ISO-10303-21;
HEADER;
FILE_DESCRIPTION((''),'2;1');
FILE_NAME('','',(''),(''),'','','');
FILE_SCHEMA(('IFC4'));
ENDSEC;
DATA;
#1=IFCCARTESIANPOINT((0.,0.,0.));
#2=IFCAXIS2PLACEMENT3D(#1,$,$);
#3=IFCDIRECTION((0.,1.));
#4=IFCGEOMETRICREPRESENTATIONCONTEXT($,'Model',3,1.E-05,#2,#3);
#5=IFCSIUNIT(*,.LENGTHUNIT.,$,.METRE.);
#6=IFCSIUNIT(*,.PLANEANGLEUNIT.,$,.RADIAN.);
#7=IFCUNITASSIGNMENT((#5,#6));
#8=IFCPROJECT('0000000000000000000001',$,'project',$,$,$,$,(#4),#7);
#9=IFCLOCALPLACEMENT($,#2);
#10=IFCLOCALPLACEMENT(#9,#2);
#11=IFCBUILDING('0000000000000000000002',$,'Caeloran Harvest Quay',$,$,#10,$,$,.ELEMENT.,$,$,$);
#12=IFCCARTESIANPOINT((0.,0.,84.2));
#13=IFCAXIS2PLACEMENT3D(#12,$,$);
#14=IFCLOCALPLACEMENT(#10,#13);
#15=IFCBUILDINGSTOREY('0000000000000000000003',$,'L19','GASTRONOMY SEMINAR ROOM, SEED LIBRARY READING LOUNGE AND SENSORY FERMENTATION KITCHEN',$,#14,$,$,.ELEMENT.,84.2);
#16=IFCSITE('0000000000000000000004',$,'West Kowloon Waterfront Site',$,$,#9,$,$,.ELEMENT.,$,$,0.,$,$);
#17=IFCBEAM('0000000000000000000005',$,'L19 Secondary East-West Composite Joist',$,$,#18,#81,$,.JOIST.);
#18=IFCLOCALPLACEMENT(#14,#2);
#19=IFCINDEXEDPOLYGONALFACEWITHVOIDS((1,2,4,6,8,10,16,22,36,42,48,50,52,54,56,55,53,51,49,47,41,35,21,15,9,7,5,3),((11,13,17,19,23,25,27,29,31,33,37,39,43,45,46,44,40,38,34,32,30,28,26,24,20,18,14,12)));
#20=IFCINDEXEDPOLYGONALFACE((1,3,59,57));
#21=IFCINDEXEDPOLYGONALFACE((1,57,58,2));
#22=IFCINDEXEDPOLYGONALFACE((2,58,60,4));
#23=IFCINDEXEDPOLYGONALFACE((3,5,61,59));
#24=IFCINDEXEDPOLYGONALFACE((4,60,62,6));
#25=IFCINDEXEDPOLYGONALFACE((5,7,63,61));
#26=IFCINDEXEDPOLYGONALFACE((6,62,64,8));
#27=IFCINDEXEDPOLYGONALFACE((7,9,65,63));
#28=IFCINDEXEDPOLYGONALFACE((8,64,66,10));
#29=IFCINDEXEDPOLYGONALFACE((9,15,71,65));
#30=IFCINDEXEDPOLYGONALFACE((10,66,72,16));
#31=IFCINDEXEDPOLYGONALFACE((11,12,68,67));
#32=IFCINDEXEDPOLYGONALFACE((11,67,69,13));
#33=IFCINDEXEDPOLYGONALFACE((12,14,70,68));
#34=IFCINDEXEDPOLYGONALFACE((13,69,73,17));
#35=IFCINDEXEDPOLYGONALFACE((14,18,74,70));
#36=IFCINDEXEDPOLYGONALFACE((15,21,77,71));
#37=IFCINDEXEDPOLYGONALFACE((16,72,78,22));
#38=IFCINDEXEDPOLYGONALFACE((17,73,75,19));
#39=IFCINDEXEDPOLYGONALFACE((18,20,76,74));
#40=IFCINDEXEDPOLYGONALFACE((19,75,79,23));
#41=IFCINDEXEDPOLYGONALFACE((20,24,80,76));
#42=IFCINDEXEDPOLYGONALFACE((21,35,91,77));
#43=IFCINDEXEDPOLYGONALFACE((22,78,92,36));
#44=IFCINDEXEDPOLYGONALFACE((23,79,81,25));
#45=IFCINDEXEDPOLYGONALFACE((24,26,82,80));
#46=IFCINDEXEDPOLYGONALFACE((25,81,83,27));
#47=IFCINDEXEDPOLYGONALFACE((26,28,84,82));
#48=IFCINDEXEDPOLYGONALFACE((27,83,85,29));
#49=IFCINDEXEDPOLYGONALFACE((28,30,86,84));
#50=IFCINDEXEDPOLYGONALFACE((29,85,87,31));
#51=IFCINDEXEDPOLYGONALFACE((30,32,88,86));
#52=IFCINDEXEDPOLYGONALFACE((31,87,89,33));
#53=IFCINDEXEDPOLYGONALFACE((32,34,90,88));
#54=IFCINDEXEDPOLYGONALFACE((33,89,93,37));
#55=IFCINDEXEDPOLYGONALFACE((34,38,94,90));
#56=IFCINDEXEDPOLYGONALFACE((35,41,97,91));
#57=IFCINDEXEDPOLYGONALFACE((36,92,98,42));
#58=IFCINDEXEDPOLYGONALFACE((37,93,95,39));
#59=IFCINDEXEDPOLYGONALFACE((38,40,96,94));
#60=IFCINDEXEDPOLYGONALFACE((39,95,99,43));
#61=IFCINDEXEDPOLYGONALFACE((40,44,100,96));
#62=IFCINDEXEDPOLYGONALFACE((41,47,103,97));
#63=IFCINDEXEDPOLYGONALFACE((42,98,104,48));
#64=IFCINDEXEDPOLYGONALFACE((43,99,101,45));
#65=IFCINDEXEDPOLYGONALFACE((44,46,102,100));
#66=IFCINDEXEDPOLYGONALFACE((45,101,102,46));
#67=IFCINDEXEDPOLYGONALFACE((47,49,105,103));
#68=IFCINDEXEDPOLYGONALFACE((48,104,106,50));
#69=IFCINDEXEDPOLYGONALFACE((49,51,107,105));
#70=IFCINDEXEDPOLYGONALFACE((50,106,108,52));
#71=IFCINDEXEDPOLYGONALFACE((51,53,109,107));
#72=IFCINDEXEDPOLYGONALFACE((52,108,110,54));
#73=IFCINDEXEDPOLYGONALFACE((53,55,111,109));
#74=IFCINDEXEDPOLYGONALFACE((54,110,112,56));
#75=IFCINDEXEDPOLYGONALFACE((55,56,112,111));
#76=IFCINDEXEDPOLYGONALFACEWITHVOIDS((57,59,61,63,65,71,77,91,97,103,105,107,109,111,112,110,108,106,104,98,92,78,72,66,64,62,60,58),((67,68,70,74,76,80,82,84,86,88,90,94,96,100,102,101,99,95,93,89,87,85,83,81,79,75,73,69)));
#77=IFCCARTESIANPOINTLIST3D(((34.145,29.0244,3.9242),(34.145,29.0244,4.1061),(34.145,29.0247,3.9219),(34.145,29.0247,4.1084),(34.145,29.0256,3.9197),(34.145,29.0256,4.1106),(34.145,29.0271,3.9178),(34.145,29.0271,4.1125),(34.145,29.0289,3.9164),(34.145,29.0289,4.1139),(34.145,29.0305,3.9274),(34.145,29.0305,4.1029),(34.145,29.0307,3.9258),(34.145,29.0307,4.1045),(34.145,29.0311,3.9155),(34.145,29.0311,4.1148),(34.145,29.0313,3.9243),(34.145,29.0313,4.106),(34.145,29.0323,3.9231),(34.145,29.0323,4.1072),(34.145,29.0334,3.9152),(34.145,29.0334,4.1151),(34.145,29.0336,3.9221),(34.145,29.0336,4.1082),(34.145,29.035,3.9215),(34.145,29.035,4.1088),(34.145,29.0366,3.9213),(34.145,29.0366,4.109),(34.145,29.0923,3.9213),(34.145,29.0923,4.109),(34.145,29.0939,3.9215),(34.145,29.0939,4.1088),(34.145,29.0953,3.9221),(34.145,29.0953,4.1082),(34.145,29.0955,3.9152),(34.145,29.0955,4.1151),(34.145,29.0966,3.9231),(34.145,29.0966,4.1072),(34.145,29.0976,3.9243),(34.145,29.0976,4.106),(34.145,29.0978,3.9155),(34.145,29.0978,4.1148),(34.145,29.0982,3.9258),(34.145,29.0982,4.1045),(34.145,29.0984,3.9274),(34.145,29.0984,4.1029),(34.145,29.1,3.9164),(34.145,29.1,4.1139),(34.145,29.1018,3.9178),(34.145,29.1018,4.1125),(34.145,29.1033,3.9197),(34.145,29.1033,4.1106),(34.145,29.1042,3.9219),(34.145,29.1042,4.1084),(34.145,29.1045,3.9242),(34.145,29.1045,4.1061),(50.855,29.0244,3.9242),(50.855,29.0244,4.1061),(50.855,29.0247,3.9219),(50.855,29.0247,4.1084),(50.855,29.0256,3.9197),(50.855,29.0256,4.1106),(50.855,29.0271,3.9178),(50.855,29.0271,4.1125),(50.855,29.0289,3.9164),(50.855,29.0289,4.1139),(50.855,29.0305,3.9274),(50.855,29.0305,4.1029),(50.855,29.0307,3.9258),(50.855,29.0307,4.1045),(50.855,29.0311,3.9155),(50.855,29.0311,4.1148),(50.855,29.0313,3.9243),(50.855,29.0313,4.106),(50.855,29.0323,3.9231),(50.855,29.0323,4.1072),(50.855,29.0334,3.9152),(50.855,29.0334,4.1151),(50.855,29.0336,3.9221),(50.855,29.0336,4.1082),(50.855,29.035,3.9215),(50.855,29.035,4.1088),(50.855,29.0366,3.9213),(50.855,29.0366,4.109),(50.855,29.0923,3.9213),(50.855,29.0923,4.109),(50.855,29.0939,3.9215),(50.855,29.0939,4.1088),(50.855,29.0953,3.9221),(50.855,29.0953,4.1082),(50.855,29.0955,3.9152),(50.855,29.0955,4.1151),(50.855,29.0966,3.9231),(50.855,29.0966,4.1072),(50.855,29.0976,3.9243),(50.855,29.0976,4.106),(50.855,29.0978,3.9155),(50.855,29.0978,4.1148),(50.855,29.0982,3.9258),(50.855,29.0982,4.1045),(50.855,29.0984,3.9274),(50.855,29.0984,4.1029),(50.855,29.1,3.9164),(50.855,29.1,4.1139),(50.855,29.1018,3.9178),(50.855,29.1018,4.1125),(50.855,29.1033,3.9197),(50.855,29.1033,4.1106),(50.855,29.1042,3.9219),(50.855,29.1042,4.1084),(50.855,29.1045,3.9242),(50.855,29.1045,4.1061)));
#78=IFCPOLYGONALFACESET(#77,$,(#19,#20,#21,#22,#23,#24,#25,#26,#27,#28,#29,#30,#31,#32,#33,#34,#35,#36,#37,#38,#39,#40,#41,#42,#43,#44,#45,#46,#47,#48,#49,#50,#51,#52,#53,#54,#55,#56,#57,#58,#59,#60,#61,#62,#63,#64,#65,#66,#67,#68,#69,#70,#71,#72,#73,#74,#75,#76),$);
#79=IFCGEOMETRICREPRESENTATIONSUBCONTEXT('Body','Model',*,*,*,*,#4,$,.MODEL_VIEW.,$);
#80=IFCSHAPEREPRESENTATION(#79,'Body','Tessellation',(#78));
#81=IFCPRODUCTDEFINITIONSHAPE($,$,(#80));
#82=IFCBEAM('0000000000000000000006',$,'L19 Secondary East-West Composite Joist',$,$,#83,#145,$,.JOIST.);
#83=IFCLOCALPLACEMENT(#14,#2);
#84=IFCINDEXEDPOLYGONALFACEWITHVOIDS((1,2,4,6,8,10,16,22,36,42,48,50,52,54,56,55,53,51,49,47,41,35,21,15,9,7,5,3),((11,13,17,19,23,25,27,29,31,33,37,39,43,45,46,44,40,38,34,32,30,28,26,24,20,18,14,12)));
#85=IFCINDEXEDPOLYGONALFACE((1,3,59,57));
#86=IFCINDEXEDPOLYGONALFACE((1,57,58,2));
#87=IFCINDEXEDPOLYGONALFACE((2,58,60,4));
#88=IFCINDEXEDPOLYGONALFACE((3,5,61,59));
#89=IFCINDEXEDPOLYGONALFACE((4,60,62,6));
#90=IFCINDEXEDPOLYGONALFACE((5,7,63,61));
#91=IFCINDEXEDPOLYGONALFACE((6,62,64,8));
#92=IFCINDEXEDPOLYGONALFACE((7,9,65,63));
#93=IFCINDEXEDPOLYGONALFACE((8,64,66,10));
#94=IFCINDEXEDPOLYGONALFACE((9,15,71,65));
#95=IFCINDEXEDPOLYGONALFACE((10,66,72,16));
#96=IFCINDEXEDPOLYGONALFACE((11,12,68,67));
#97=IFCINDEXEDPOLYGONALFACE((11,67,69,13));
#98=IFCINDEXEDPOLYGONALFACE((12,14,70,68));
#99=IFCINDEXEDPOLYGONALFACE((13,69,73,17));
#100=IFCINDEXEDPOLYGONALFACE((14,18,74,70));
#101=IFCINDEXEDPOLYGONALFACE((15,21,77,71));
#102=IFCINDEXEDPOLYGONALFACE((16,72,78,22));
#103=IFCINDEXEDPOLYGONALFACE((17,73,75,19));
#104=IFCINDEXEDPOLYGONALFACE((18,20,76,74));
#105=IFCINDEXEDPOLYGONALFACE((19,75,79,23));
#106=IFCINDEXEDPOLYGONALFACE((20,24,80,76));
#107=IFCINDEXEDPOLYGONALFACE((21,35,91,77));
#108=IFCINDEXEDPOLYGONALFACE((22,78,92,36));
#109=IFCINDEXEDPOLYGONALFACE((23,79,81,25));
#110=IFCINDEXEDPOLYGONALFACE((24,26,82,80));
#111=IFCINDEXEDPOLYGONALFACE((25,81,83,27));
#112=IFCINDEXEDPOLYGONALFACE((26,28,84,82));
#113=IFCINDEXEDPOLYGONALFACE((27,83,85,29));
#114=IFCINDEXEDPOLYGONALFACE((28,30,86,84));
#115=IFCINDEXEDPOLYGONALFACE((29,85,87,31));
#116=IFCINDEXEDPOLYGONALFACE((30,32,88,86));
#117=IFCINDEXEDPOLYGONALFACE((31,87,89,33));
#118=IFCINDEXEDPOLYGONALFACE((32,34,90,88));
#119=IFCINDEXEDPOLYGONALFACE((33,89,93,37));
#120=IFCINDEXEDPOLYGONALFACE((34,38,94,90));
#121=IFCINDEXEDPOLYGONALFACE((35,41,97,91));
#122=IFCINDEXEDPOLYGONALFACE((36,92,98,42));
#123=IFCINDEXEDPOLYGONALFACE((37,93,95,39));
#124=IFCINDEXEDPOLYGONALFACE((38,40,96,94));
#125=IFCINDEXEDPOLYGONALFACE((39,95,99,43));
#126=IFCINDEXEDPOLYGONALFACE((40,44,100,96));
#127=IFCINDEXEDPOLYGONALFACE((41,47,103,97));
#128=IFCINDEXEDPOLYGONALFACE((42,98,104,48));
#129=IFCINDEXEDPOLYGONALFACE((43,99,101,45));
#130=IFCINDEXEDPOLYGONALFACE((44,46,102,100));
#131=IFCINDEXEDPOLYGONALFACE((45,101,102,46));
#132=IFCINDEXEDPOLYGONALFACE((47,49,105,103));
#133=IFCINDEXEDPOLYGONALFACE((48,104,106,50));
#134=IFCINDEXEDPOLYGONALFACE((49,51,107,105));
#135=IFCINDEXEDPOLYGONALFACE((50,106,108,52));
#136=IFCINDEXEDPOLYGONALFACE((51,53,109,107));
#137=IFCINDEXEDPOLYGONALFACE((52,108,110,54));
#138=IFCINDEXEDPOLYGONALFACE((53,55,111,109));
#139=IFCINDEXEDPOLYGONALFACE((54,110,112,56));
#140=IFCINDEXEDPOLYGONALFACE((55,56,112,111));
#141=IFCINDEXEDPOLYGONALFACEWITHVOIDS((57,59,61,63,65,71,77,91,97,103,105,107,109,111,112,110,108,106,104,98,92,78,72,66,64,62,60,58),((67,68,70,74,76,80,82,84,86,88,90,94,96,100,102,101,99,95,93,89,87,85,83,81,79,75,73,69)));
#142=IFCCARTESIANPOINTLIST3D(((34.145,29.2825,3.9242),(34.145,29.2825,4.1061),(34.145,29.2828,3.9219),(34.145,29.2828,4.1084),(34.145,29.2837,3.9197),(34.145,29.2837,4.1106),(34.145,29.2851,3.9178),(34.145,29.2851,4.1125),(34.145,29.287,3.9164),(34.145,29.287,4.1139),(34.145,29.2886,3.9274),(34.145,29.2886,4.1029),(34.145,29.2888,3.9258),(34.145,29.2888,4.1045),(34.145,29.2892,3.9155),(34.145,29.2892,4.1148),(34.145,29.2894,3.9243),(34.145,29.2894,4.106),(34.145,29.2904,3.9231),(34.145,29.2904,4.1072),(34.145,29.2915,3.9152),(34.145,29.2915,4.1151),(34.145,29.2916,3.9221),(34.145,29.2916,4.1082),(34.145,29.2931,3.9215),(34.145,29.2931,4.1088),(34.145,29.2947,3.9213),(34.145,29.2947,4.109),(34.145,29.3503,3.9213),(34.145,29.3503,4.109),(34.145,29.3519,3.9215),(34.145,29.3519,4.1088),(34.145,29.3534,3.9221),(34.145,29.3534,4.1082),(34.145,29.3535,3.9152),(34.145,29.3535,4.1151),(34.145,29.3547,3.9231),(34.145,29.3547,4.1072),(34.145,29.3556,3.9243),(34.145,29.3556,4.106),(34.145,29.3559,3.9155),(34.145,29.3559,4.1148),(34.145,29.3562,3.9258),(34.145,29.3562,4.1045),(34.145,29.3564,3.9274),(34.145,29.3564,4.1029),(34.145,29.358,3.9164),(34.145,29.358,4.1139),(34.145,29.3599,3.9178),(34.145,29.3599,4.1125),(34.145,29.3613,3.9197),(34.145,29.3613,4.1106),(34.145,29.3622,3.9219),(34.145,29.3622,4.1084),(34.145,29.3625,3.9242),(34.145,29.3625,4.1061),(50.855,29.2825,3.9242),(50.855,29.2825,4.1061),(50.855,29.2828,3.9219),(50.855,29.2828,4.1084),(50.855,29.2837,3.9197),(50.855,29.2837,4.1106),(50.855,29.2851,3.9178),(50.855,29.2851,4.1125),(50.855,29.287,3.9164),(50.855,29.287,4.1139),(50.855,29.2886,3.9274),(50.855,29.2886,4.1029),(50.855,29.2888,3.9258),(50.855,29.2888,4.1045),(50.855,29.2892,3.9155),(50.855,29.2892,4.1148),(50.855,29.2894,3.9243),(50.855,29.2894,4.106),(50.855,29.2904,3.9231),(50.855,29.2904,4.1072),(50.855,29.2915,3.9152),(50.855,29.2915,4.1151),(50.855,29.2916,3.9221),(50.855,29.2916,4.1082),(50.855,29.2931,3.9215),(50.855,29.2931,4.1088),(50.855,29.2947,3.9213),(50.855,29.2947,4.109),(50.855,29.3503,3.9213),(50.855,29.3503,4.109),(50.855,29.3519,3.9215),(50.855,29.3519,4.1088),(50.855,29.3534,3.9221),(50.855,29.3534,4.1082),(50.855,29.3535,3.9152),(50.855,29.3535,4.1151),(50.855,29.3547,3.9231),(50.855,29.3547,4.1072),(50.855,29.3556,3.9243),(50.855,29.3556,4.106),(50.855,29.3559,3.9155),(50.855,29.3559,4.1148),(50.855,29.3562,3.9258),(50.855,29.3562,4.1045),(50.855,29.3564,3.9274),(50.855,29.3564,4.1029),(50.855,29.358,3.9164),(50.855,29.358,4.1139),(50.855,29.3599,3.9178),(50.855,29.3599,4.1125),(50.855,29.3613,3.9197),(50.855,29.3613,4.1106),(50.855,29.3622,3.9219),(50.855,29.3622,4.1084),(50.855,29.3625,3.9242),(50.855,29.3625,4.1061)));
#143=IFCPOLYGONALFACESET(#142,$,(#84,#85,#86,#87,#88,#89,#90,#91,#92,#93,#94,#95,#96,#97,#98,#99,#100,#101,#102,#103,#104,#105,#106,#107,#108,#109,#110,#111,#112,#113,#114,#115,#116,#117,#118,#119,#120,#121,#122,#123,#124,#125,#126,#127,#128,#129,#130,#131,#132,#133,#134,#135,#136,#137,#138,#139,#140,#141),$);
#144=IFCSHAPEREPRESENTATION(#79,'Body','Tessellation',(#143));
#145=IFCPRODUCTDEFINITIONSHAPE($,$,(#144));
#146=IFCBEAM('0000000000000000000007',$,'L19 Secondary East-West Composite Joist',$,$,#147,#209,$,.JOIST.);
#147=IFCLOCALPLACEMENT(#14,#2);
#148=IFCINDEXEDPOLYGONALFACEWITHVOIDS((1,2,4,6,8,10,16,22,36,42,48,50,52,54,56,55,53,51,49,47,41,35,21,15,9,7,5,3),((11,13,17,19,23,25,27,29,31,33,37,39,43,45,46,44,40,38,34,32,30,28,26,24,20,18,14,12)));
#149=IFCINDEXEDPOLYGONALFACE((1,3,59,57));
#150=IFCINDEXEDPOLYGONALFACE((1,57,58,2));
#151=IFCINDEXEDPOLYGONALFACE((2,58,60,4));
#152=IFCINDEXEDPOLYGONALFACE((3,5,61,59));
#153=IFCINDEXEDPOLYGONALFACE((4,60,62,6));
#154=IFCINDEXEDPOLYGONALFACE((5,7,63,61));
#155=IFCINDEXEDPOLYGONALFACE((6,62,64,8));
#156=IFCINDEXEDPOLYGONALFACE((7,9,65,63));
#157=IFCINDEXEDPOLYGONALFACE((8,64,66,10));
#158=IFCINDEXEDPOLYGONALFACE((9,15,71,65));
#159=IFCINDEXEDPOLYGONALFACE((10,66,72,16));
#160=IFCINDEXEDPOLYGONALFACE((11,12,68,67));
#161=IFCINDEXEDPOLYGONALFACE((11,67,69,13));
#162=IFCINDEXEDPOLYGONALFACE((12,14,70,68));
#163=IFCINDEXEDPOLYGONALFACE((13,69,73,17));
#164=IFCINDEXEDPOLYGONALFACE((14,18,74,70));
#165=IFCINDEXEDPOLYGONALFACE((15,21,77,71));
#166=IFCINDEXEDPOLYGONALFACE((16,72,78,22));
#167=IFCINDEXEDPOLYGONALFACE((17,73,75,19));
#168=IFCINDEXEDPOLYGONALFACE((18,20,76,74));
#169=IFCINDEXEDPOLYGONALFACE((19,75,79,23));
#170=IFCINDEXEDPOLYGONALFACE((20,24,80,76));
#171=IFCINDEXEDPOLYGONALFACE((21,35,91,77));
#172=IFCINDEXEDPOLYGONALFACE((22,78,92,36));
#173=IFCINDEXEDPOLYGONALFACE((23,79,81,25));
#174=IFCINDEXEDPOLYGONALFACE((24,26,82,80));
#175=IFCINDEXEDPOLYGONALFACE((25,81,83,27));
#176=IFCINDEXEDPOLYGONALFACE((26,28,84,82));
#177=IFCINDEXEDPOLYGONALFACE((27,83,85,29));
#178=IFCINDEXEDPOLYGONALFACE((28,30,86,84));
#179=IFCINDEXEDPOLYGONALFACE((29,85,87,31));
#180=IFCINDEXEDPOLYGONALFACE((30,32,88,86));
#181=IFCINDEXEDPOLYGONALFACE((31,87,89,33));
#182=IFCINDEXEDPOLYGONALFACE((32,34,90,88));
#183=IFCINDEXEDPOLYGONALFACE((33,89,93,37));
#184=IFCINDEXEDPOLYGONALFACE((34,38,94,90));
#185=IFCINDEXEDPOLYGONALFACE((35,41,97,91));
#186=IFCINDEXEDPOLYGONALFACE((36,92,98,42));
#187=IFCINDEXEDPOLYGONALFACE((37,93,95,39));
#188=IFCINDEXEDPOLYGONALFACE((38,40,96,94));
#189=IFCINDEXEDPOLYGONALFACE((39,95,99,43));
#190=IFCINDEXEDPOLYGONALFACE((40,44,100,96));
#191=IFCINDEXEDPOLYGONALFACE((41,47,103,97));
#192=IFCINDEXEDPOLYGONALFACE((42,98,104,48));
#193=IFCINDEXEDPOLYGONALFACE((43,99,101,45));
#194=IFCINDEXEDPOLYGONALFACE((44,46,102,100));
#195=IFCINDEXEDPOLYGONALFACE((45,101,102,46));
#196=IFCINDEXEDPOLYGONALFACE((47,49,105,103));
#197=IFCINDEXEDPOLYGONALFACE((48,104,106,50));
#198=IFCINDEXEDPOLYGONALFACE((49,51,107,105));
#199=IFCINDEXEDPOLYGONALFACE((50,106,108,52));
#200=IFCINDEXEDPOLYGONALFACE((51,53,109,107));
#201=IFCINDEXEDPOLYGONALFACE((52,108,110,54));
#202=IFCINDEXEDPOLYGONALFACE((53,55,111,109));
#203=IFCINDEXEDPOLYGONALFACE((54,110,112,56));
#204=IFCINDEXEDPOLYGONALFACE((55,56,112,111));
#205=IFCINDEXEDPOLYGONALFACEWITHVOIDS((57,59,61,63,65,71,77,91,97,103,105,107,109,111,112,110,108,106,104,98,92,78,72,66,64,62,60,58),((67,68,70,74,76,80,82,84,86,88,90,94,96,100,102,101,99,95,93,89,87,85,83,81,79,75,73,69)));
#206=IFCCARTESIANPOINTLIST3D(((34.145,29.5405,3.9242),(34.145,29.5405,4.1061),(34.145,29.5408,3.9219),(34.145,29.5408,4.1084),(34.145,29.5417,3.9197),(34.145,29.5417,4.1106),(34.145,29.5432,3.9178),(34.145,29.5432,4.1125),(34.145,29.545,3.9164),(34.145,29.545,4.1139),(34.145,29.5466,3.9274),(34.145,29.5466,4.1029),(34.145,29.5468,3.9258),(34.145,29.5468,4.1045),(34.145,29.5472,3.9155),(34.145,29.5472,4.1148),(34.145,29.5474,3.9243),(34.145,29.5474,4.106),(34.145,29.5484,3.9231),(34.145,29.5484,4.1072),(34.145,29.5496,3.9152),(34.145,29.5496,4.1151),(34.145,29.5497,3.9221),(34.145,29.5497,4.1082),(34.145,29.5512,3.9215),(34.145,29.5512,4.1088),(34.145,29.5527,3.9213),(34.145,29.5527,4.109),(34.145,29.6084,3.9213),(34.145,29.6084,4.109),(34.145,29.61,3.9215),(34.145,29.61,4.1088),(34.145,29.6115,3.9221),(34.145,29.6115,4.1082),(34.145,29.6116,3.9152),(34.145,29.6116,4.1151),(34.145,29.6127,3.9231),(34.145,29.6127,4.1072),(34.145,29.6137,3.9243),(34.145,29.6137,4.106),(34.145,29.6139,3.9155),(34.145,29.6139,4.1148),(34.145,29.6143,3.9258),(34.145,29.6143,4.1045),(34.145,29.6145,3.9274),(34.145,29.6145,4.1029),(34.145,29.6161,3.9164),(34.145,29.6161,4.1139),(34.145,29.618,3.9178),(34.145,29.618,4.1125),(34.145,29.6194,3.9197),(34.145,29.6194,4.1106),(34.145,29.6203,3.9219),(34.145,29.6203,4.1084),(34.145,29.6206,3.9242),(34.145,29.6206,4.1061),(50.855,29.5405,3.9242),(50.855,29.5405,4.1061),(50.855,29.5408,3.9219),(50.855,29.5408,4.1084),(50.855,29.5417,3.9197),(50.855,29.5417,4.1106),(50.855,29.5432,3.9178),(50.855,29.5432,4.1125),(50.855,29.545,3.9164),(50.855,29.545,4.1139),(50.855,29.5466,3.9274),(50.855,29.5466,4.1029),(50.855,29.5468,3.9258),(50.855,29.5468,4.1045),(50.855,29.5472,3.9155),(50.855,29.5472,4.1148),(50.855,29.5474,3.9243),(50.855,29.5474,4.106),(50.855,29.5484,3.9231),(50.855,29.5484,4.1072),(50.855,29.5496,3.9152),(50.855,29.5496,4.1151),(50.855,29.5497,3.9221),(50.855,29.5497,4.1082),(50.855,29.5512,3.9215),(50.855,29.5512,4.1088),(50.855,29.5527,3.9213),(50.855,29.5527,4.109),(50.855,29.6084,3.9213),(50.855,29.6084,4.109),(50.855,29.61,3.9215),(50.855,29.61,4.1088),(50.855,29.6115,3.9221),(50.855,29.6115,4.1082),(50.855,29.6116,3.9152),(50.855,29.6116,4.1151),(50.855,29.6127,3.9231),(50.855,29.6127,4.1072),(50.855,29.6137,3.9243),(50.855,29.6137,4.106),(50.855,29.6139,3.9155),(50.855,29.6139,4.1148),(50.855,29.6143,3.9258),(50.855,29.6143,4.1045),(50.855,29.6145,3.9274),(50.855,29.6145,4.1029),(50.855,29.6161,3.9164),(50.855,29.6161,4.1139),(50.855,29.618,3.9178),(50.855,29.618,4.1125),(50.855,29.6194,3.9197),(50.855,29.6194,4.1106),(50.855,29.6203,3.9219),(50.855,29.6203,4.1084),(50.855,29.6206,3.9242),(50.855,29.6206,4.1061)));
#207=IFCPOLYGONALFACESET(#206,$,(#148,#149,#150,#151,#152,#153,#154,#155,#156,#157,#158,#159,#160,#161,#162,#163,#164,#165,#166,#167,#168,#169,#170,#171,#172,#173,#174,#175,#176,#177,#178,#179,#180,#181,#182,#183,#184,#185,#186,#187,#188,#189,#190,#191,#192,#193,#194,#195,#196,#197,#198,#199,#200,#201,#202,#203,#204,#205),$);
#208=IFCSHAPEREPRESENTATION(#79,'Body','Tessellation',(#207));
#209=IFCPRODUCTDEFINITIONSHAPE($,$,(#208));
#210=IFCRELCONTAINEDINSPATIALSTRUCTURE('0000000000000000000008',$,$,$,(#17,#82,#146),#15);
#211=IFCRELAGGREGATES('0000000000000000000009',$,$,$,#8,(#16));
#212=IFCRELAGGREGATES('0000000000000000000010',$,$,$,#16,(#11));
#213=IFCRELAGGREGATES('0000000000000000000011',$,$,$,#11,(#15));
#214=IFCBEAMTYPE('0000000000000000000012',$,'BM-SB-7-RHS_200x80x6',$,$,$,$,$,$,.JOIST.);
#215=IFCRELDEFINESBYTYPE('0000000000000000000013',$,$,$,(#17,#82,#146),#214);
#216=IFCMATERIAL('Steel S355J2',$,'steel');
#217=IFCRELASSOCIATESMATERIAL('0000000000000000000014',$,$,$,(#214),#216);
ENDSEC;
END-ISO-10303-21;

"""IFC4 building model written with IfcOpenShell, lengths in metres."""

from ifc_helpers import new_model, si_unit, direction, frame, origin, origin_2d, place, context, subcontext, project, spatial, hollow_rectangle, extrude, material, material_profile, profile_set, type_object, element, save


model = new_model("IFC4")

# Units and contexts
model_context = context("Model", 3, precision=1e-05, world=origin(), true_north=direction((0.0, 1.0)))
body_context = subcontext(model_context, "Body", "Model", "MODEL_VIEW")
ifc_project = project(units=[si_unit("LENGTHUNIT", "METRE"), si_unit("PLANEANGLEUNIT", "RADIAN")], contexts=[model_context])

# Site, building, storey
site_placement = place(None, origin())
site = spatial("IfcSite", under=ifc_project, at=site_placement, Name="West Kowloon Waterfront Site", CompositionType="ELEMENT", RefElevation=0.0)
building_placement = place(site_placement, origin())
building = spatial("IfcBuilding", under=site, at=building_placement, Name="Caeloran Harvest Quay", CompositionType="ELEMENT")
storey_placement = place(building_placement, frame((0.0, 0.0, 84.2)))
storey = spatial("IfcBuildingStorey", under=building, at=storey_placement, Name="L19", Description="GASTRONOMY SEMINAR ROOM, SEED LIBRARY READING LOUNGE AND SENSORY FERMENTATION KITCHEN", CompositionType="ELEMENT", Elevation=84.2)

# Beams
ifc_material_1 = material(Name="Steel S355J2", Category="steel")
ifc_material_profile_1 = material_profile(ifc_material_1, hollow_rectangle(XDim=0.0801, YDim=0.2, WallThickness=0.0061, InnerFilletRadius=0.0061, OuterFilletRadius=0.009, at=origin_2d()), Name="RHS 200x80x6")
ifc_profile_set_1 = profile_set([ifc_material_profile_1], Name="Steel S355J2")
beam_type_1 = type_object("IfcBeamType", Name="BM-SB-7-RHS_200x80x6", PredefinedType="JOIST", material=ifc_profile_set_1)
for number, where, z_axis, x_axis, name in (
    (1, (34.145, 29.0645, 4.0151), (1.0, 0.0, 0.0), (0.0, 1.0, 0.0), "L19 Secondary East-West Composite Joist"),
    (2, (34.145, 29.3225, 4.0151), (1.0, 0.0, 0.0), (0.0, 1.0, 0.0), "L19 Secondary East-West Composite Joist"),
    (3, (34.145, 29.5806, 4.0151), (1.0, 0.0, 0.0), (0.0, 1.0, 0.0), "L19 Secondary East-West Composite Joist"),
):
    element("IfcBeam", number, at=place(storey_placement, frame(where, z_axis=z_axis, x_axis=x_axis)), inside=storey, type_object=beam_type_1, Name=name, PredefinedType="JOIST", context=body_context, shape_type="SweptSolid", body=[
        extrude(hollow_rectangle(XDim=0.0801, YDim=0.2, WallThickness=0.0061, InnerFilletRadius=0.0061, OuterFilletRadius=0.009, at=origin_2d()), origin(), (0.0, 0.0, 1.0), 16.71),
    ])

save(model, "model.ifc")
